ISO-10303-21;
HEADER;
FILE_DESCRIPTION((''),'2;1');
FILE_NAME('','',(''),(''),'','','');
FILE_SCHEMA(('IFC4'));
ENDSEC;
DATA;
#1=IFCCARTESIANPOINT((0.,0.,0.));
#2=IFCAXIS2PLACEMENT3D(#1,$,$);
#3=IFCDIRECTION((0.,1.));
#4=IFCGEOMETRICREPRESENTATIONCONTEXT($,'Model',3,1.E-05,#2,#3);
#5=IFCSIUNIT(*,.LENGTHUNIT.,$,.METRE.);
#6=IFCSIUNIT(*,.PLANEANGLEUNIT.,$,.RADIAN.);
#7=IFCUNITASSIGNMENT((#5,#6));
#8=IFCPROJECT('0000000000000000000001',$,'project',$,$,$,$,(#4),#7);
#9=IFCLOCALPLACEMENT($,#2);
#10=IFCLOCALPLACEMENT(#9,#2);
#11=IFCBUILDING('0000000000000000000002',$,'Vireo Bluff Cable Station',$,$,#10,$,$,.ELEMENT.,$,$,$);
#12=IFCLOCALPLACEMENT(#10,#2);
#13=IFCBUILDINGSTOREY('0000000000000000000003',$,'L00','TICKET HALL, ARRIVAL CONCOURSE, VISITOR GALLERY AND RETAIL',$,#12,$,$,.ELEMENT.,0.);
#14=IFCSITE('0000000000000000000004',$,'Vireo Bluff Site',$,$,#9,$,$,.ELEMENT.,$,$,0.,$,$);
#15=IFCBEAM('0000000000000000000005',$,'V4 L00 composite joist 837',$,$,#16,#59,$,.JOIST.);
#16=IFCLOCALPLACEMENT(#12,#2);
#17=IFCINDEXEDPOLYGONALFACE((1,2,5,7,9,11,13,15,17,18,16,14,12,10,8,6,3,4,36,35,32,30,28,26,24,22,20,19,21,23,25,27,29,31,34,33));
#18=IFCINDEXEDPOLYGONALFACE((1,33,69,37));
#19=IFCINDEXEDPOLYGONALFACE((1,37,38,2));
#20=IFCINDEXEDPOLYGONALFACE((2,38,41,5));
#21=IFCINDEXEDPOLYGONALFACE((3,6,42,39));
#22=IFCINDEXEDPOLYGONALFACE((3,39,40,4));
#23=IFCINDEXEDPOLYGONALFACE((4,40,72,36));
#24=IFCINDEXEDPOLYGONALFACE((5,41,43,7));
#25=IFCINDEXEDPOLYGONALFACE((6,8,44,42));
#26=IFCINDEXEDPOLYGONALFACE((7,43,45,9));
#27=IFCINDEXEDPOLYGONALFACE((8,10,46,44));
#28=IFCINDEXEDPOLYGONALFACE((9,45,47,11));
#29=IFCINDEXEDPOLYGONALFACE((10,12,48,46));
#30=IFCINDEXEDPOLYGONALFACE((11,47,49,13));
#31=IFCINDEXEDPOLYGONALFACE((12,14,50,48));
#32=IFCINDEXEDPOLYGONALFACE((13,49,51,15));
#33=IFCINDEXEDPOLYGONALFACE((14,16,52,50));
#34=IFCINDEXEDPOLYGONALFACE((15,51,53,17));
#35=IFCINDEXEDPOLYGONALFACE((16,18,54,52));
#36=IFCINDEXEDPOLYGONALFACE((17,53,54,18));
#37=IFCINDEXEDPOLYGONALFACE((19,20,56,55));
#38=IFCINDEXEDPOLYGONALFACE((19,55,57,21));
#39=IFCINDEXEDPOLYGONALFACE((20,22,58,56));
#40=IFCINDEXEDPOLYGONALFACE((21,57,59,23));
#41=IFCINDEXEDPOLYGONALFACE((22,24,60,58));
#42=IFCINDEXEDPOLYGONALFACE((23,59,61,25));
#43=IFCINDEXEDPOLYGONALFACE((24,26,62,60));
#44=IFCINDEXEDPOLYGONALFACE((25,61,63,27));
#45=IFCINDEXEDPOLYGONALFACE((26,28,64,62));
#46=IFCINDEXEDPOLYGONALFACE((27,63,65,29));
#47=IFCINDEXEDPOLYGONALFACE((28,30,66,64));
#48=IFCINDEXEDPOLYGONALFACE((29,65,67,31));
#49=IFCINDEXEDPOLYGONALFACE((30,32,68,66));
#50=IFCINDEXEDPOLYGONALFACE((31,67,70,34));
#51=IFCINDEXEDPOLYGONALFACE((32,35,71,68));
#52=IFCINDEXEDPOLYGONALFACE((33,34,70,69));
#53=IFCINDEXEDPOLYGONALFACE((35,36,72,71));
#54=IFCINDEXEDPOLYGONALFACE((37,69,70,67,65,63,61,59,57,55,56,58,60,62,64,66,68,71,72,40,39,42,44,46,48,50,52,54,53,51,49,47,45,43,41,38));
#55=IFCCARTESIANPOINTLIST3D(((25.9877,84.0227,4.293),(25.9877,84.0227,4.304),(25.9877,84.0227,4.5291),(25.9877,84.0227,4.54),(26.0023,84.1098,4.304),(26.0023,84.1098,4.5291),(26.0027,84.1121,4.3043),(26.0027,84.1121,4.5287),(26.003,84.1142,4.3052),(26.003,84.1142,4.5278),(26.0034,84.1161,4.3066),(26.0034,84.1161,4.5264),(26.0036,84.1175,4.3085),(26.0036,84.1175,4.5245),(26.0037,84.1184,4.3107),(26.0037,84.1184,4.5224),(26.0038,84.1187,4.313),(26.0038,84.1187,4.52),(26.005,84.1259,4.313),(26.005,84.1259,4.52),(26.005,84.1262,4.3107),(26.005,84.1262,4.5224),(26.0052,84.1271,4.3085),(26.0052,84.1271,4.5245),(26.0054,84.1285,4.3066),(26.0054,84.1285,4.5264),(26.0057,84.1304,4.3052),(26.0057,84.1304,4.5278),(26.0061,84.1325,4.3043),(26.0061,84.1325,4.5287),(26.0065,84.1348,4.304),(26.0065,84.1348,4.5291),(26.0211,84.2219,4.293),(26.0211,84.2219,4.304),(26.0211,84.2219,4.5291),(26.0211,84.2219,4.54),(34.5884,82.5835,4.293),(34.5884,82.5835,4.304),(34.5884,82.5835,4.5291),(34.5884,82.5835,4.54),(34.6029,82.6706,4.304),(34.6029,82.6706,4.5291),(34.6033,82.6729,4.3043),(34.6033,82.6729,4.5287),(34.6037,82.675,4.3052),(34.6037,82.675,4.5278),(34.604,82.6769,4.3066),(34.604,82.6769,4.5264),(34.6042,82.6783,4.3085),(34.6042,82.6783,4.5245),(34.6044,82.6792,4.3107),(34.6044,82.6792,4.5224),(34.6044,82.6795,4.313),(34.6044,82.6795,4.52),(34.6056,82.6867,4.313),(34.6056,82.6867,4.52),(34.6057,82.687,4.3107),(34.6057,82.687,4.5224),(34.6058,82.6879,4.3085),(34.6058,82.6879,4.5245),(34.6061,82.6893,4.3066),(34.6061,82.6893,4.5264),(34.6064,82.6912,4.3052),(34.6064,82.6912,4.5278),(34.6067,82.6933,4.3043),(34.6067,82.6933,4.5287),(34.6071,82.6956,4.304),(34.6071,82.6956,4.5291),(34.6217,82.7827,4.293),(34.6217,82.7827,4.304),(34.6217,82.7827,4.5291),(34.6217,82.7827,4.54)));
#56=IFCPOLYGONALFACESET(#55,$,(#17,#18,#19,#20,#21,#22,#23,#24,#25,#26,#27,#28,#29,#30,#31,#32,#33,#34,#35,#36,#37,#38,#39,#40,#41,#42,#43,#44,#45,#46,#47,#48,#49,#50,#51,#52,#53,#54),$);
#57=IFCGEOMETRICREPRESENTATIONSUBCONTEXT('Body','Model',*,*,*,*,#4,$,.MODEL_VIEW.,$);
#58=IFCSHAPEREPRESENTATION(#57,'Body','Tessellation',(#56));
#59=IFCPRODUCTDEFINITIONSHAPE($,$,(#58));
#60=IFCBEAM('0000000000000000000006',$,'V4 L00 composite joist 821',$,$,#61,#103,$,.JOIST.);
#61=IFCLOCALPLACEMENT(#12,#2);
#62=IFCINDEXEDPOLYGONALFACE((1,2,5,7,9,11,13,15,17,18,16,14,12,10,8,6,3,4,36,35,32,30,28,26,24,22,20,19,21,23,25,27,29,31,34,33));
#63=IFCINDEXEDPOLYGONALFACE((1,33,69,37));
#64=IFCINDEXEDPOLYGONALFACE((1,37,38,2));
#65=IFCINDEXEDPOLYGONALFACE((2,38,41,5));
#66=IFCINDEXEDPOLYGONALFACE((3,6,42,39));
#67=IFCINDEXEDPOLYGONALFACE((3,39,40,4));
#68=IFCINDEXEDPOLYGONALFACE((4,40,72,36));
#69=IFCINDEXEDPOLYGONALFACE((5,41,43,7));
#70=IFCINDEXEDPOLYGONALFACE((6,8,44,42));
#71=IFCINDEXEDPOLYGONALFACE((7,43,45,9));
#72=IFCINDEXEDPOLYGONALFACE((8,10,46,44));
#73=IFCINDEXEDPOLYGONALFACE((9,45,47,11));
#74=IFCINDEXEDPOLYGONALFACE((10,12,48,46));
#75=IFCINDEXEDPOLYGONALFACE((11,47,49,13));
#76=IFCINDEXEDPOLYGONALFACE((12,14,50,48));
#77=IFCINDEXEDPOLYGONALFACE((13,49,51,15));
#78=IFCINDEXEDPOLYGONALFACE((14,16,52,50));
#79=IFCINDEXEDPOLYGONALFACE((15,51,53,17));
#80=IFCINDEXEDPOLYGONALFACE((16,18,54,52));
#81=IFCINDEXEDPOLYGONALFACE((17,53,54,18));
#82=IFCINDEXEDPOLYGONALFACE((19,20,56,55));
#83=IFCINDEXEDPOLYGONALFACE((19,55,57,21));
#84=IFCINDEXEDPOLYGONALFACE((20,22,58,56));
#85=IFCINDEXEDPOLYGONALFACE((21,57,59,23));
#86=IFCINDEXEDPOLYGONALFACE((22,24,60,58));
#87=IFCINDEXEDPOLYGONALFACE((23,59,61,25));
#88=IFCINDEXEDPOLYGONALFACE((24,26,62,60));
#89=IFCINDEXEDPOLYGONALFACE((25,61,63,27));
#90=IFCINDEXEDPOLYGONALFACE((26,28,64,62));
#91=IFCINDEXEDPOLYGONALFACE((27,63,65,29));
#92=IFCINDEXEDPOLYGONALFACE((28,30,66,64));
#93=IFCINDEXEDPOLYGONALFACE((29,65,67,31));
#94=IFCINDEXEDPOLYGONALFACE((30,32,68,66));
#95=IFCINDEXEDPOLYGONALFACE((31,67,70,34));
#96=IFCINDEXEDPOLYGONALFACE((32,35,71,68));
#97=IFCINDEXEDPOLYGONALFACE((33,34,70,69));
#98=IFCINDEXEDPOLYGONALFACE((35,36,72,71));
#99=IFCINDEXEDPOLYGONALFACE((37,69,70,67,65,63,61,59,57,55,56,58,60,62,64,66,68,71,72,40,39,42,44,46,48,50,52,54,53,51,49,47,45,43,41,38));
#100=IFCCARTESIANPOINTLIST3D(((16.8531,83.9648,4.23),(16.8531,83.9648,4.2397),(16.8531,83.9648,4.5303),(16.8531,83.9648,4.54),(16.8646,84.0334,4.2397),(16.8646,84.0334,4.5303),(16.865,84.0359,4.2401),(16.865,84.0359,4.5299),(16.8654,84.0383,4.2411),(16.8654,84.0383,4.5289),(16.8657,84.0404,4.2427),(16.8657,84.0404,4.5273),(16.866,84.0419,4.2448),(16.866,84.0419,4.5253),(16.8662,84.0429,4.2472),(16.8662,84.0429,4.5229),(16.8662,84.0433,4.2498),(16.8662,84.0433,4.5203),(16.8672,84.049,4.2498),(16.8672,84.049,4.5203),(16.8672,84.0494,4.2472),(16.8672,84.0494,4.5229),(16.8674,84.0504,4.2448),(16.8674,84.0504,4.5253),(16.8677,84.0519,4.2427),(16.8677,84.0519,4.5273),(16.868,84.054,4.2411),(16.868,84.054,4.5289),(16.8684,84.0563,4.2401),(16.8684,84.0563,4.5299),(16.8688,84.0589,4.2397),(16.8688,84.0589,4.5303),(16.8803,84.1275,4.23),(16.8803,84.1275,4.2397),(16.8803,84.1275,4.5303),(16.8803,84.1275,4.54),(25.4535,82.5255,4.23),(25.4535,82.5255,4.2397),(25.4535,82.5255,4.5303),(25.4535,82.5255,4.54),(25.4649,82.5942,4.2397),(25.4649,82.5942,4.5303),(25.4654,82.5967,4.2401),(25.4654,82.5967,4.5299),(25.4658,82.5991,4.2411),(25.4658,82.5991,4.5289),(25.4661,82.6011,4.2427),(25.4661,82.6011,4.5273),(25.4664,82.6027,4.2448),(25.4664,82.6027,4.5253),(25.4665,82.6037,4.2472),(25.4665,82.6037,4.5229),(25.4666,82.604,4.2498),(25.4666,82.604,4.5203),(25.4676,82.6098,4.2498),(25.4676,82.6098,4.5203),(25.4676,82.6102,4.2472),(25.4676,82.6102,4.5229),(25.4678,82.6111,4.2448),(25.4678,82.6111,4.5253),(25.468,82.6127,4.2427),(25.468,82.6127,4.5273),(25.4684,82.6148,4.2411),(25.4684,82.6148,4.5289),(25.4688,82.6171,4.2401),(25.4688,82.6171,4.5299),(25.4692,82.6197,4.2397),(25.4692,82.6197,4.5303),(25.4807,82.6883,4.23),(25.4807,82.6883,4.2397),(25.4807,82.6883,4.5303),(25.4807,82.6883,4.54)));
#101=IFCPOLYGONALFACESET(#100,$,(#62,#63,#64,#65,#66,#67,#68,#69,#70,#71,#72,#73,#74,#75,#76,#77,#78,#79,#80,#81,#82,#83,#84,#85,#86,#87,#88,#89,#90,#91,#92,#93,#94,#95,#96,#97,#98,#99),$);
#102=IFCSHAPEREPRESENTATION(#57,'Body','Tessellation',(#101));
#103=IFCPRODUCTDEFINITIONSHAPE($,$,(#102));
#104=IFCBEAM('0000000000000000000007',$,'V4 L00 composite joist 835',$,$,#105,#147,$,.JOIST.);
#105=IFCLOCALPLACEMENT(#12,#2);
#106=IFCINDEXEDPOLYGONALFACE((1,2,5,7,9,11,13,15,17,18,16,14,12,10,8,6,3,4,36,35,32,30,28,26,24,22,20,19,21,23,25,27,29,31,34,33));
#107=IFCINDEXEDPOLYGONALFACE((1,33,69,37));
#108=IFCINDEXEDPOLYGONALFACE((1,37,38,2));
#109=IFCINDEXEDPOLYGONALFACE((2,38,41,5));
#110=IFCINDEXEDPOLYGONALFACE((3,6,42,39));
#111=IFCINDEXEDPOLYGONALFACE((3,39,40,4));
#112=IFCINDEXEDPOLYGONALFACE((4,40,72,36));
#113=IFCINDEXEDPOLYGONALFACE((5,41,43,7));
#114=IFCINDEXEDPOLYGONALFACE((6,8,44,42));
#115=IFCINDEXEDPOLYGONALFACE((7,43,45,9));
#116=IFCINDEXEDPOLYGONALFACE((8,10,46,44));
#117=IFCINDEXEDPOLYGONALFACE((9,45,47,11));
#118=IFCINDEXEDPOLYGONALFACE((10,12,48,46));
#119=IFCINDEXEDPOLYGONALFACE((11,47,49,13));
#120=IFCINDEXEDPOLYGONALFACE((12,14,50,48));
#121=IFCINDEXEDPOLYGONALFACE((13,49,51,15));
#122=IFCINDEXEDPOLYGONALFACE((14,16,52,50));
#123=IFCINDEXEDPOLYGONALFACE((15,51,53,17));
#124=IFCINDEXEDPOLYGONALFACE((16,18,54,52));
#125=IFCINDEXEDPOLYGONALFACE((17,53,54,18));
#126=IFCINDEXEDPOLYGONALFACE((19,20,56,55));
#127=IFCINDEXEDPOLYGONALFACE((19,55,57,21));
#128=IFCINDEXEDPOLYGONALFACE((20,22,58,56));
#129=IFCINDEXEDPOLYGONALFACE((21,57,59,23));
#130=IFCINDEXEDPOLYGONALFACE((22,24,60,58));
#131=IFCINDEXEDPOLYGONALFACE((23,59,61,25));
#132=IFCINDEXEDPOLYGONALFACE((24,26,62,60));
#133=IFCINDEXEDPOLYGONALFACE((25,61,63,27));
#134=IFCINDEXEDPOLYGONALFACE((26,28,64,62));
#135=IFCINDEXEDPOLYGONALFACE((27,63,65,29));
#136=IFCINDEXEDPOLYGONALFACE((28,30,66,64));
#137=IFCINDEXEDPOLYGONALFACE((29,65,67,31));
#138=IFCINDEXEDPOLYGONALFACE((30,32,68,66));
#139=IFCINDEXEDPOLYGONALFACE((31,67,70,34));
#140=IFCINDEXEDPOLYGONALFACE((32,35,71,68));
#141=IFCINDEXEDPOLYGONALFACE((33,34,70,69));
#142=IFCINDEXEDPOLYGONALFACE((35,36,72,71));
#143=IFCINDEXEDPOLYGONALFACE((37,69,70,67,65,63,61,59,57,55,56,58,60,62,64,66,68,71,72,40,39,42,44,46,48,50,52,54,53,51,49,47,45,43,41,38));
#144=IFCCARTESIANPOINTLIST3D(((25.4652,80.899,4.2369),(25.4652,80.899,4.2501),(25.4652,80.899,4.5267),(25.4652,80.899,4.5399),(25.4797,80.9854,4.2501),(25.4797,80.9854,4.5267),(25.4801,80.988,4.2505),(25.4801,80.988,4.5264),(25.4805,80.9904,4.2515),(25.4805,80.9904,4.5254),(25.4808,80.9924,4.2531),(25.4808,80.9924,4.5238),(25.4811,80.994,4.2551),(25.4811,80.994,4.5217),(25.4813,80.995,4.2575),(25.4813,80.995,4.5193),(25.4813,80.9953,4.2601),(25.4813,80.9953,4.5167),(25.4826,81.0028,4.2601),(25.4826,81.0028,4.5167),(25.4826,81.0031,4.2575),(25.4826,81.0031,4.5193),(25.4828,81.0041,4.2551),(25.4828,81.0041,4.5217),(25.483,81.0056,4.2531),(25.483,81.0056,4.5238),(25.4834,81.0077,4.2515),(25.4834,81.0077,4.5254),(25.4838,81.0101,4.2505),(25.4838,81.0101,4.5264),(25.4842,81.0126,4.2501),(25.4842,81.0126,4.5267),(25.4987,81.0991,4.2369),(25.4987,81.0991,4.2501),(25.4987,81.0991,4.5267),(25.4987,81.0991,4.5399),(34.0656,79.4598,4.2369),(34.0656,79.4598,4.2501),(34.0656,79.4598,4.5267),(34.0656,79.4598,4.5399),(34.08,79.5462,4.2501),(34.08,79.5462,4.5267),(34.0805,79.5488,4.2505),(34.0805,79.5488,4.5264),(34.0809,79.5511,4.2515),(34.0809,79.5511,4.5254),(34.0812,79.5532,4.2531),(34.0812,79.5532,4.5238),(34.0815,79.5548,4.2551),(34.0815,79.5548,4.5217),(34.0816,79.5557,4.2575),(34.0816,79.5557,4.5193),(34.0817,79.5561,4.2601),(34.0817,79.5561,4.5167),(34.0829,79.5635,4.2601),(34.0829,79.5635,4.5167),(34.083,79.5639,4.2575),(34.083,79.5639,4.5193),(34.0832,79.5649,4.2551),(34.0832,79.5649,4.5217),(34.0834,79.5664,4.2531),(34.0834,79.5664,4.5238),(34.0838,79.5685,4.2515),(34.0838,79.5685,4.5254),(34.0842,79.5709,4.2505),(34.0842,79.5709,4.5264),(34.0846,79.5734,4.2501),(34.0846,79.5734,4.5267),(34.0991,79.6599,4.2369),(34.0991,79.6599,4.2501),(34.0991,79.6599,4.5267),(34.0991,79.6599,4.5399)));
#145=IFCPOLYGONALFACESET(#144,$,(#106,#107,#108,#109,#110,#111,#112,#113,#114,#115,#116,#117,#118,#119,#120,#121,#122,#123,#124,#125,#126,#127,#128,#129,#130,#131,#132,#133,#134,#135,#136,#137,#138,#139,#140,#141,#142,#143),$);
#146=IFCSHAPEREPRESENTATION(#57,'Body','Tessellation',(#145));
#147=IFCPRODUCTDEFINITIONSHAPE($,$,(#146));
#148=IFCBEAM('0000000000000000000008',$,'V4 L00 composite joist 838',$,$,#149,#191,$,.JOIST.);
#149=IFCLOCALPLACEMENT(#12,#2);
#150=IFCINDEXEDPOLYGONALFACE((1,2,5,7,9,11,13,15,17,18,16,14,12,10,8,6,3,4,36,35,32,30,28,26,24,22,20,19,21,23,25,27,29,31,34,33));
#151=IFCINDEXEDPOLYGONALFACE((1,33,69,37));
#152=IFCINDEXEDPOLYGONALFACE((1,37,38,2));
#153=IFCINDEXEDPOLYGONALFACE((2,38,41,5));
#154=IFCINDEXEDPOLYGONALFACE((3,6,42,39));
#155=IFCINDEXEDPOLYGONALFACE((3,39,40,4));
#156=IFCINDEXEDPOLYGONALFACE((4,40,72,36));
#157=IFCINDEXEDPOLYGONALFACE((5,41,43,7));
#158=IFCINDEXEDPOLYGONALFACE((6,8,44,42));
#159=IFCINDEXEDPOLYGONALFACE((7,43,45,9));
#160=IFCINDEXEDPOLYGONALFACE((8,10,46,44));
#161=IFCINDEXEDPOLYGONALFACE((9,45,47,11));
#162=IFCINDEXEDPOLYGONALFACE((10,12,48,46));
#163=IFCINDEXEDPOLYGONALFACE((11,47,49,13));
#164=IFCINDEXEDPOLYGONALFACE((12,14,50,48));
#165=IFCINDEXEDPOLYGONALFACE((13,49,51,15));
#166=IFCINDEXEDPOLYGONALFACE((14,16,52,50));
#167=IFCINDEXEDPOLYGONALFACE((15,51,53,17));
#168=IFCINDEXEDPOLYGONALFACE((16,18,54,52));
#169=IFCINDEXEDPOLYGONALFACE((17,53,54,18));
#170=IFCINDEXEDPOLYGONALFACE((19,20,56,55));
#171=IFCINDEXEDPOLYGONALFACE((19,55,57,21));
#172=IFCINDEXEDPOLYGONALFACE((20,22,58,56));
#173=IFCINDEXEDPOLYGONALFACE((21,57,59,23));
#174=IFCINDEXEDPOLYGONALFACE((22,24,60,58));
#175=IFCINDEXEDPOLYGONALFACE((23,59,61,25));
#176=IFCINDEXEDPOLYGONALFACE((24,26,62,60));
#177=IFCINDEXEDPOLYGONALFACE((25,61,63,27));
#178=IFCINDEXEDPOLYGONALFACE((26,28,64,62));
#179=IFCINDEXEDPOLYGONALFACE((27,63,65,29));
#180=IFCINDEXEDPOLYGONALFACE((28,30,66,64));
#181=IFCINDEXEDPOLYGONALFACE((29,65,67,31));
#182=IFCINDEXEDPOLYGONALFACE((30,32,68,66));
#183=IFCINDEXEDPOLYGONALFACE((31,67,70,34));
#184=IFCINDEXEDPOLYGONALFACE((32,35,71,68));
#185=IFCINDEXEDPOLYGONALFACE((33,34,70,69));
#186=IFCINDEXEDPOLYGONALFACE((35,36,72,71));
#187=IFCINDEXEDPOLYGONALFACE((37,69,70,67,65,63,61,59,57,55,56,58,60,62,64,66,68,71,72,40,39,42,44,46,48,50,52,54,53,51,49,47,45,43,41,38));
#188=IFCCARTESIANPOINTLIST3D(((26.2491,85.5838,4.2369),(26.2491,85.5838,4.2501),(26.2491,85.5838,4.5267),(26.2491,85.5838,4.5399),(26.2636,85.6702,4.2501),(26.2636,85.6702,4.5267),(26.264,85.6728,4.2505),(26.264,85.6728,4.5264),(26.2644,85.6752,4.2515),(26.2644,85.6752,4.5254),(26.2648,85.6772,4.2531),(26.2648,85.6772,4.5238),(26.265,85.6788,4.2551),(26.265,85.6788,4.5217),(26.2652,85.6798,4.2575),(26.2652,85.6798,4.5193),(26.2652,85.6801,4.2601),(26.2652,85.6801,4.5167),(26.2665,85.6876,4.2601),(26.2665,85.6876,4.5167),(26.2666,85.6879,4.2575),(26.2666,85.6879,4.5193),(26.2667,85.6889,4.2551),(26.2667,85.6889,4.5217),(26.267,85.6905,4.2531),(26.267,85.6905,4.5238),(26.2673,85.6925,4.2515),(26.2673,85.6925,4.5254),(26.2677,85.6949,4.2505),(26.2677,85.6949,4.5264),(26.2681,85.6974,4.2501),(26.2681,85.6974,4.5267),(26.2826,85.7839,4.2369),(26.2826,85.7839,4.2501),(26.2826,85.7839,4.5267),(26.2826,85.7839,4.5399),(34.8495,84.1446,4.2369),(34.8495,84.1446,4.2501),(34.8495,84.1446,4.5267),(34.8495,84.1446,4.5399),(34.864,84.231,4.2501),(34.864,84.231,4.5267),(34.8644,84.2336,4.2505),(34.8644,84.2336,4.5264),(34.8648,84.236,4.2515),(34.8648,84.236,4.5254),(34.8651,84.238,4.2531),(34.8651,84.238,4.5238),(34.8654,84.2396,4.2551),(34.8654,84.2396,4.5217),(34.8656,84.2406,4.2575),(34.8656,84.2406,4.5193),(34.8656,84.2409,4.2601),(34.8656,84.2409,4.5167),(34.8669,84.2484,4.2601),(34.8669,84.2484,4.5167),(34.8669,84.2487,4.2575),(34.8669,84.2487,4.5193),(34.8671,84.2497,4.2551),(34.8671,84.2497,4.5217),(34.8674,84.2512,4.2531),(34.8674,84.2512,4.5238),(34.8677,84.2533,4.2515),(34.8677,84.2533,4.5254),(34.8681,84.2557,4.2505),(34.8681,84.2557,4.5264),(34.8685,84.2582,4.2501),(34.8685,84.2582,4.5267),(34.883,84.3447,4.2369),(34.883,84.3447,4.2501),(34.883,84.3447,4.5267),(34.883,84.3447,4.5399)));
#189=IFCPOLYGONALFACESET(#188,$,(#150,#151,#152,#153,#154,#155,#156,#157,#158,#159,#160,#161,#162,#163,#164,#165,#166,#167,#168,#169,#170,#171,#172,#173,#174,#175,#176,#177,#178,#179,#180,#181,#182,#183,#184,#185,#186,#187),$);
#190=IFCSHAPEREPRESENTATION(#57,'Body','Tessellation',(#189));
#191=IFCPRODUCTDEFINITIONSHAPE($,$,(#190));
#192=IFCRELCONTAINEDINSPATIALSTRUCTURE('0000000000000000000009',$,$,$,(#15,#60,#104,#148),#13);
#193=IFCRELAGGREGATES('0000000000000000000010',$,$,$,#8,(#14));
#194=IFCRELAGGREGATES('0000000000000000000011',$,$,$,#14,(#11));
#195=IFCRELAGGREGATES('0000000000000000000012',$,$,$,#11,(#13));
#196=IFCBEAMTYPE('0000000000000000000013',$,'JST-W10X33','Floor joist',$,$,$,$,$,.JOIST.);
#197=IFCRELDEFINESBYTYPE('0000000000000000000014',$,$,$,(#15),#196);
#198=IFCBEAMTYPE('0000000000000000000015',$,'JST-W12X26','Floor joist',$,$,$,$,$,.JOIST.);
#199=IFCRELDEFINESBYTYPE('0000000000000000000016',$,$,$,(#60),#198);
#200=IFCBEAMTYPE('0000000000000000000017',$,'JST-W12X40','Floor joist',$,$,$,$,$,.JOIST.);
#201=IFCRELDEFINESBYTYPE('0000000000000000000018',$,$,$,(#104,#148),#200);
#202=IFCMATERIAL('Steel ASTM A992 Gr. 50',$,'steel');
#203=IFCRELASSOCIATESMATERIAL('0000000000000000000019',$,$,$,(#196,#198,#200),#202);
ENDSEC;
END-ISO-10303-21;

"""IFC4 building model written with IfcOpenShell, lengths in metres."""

from ifc_helpers import new_model, si_unit, direction, frame, origin, origin_2d, place, context, subcontext, project, spatial, i_section, extrude, material, material_profile, profile_set, type_object, element, save


model = new_model("IFC4")

# Units and contexts
model_context = context("Model", 3, precision=1e-05, world=origin(), true_north=direction((0.0, 1.0)))
body_context = subcontext(model_context, "Body", "Model", "MODEL_VIEW")
ifc_project = project(units=[si_unit("LENGTHUNIT", "METRE"), si_unit("PLANEANGLEUNIT", "RADIAN")], contexts=[model_context])

# Site, building, storey
site_placement = place(None, origin())
site = spatial("IfcSite", under=ifc_project, at=site_placement, Name="Vireo Bluff Site", CompositionType="ELEMENT", RefElevation=0.0)
building_placement = place(site_placement, origin())
building = spatial("IfcBuilding", under=site, at=building_placement, Name="Vireo Bluff Cable Station", CompositionType="ELEMENT")
storey_placement = place(building_placement, origin())
storey = spatial("IfcBuildingStorey", under=building, at=storey_placement, Name="L00", Description="TICKET HALL, ARRIVAL CONCOURSE, VISITOR GALLERY AND RETAIL", CompositionType="ELEMENT", Elevation=0.0)

# Shared definitions
ifc_material_1 = material(Name="Steel ASTM A992 Gr. 50", Category="steel")

# Beams
ifc_material_profile_1 = material_profile(ifc_material_1, i_section(OverallWidth=0.2019, OverallDepth=0.2471, WebThickness=0.0073, FlangeThickness=0.011, FilletRadius=0.009, at=origin_2d()), Name="W10X33")
ifc_profile_set_1 = profile_set([ifc_material_profile_1], Name="Steel ASTM A992 Gr. 50")
beam_type_1 = type_object("IfcBeamType", Name="JST-W10X33", Description="Floor joist", PredefinedType="JOIST", material=ifc_profile_set_1)
beam_1_placement = place(storey_placement, frame((26.0044, 84.1223, 4.4165), z_axis=(0.986286, -0.165044, 0.0), x_axis=(0.165044, 0.986286, 0.0)))
element("IfcBeam", 1, at=beam_1_placement, inside=storey, type_object=beam_type_1, Name="V4 L00 composite joist 837", PredefinedType="JOIST", context=body_context, shape_type="SweptSolid", body=[
    extrude(i_section(OverallWidth=0.2019, OverallDepth=0.2471, WebThickness=0.0073, FlangeThickness=0.011, FilletRadius=0.009, at=origin_2d()), origin(), (0.0, 0.0, 1.0), 8.7202),
])
ifc_material_profile_2 = material_profile(ifc_material_1, i_section(OverallWidth=0.165, OverallDepth=0.3101, WebThickness=0.0059, FlangeThickness=0.0098, FilletRadius=0.01, at=origin_2d()), Name="W12X26")
ifc_profile_set_2 = profile_set([ifc_material_profile_2], Name="Steel ASTM A992 Gr. 50")
beam_type_2 = type_object("IfcBeamType", Name="JST-W12X26", Description="Floor joist", PredefinedType="JOIST", material=ifc_profile_set_2)
beam_2_placement = place(storey_placement, frame((16.8667, 84.0461, 4.385), z_axis=(0.986286, -0.165048, 0.0), x_axis=(0.165048, 0.986286, 0.0)))
element("IfcBeam", 2, at=beam_2_placement, inside=storey, type_object=beam_type_2, Name="V4 L00 composite joist 821", PredefinedType="JOIST", context=body_context, shape_type="SweptSolid", body=[
    extrude(i_section(OverallWidth=0.165, OverallDepth=0.3101, WebThickness=0.0059, FlangeThickness=0.0098, FilletRadius=0.01, at=origin_2d()), origin(), (0.0, 0.0, 1.0), 8.72),
])
ifc_material_profile_3 = material_profile(ifc_material_1, i_section(OverallWidth=0.2029, OverallDepth=0.303, WebThickness=0.0076, FlangeThickness=0.0132, FilletRadius=0.01, at=origin_2d()), Name="W12X40")
ifc_profile_set_3 = profile_set([ifc_material_profile_3], Name="Steel ASTM A992 Gr. 50")
beam_type_3 = type_object("IfcBeamType", Name="JST-W12X40", Description="Floor joist", PredefinedType="JOIST", material=ifc_profile_set_3)
for number, where, z_axis, x_axis, name in (
    (3, (25.4819, 80.999, 4.3884), (0.986286, -0.165048, 0.0), (0.165048, 0.986286, 0.0), "V4 L00 composite joist 835"),
    (4, (26.2659, 85.6838, 4.3884), (0.986286, -0.165048, 0.0), (0.165048, 0.986286, 0.0), "V4 L00 composite joist 838"),
):
    element("IfcBeam", number, at=place(storey_placement, frame(where, z_axis=z_axis, x_axis=x_axis)), inside=storey, type_object=beam_type_3, Name=name, PredefinedType="JOIST", context=body_context, shape_type="SweptSolid", body=[
        extrude(i_section(OverallWidth=0.2029, OverallDepth=0.303, WebThickness=0.0076, FlangeThickness=0.0132, FilletRadius=0.01, at=origin_2d()), origin(), (0.0, 0.0, 1.0), 8.72),
    ])

save(model, "model.ifc")
